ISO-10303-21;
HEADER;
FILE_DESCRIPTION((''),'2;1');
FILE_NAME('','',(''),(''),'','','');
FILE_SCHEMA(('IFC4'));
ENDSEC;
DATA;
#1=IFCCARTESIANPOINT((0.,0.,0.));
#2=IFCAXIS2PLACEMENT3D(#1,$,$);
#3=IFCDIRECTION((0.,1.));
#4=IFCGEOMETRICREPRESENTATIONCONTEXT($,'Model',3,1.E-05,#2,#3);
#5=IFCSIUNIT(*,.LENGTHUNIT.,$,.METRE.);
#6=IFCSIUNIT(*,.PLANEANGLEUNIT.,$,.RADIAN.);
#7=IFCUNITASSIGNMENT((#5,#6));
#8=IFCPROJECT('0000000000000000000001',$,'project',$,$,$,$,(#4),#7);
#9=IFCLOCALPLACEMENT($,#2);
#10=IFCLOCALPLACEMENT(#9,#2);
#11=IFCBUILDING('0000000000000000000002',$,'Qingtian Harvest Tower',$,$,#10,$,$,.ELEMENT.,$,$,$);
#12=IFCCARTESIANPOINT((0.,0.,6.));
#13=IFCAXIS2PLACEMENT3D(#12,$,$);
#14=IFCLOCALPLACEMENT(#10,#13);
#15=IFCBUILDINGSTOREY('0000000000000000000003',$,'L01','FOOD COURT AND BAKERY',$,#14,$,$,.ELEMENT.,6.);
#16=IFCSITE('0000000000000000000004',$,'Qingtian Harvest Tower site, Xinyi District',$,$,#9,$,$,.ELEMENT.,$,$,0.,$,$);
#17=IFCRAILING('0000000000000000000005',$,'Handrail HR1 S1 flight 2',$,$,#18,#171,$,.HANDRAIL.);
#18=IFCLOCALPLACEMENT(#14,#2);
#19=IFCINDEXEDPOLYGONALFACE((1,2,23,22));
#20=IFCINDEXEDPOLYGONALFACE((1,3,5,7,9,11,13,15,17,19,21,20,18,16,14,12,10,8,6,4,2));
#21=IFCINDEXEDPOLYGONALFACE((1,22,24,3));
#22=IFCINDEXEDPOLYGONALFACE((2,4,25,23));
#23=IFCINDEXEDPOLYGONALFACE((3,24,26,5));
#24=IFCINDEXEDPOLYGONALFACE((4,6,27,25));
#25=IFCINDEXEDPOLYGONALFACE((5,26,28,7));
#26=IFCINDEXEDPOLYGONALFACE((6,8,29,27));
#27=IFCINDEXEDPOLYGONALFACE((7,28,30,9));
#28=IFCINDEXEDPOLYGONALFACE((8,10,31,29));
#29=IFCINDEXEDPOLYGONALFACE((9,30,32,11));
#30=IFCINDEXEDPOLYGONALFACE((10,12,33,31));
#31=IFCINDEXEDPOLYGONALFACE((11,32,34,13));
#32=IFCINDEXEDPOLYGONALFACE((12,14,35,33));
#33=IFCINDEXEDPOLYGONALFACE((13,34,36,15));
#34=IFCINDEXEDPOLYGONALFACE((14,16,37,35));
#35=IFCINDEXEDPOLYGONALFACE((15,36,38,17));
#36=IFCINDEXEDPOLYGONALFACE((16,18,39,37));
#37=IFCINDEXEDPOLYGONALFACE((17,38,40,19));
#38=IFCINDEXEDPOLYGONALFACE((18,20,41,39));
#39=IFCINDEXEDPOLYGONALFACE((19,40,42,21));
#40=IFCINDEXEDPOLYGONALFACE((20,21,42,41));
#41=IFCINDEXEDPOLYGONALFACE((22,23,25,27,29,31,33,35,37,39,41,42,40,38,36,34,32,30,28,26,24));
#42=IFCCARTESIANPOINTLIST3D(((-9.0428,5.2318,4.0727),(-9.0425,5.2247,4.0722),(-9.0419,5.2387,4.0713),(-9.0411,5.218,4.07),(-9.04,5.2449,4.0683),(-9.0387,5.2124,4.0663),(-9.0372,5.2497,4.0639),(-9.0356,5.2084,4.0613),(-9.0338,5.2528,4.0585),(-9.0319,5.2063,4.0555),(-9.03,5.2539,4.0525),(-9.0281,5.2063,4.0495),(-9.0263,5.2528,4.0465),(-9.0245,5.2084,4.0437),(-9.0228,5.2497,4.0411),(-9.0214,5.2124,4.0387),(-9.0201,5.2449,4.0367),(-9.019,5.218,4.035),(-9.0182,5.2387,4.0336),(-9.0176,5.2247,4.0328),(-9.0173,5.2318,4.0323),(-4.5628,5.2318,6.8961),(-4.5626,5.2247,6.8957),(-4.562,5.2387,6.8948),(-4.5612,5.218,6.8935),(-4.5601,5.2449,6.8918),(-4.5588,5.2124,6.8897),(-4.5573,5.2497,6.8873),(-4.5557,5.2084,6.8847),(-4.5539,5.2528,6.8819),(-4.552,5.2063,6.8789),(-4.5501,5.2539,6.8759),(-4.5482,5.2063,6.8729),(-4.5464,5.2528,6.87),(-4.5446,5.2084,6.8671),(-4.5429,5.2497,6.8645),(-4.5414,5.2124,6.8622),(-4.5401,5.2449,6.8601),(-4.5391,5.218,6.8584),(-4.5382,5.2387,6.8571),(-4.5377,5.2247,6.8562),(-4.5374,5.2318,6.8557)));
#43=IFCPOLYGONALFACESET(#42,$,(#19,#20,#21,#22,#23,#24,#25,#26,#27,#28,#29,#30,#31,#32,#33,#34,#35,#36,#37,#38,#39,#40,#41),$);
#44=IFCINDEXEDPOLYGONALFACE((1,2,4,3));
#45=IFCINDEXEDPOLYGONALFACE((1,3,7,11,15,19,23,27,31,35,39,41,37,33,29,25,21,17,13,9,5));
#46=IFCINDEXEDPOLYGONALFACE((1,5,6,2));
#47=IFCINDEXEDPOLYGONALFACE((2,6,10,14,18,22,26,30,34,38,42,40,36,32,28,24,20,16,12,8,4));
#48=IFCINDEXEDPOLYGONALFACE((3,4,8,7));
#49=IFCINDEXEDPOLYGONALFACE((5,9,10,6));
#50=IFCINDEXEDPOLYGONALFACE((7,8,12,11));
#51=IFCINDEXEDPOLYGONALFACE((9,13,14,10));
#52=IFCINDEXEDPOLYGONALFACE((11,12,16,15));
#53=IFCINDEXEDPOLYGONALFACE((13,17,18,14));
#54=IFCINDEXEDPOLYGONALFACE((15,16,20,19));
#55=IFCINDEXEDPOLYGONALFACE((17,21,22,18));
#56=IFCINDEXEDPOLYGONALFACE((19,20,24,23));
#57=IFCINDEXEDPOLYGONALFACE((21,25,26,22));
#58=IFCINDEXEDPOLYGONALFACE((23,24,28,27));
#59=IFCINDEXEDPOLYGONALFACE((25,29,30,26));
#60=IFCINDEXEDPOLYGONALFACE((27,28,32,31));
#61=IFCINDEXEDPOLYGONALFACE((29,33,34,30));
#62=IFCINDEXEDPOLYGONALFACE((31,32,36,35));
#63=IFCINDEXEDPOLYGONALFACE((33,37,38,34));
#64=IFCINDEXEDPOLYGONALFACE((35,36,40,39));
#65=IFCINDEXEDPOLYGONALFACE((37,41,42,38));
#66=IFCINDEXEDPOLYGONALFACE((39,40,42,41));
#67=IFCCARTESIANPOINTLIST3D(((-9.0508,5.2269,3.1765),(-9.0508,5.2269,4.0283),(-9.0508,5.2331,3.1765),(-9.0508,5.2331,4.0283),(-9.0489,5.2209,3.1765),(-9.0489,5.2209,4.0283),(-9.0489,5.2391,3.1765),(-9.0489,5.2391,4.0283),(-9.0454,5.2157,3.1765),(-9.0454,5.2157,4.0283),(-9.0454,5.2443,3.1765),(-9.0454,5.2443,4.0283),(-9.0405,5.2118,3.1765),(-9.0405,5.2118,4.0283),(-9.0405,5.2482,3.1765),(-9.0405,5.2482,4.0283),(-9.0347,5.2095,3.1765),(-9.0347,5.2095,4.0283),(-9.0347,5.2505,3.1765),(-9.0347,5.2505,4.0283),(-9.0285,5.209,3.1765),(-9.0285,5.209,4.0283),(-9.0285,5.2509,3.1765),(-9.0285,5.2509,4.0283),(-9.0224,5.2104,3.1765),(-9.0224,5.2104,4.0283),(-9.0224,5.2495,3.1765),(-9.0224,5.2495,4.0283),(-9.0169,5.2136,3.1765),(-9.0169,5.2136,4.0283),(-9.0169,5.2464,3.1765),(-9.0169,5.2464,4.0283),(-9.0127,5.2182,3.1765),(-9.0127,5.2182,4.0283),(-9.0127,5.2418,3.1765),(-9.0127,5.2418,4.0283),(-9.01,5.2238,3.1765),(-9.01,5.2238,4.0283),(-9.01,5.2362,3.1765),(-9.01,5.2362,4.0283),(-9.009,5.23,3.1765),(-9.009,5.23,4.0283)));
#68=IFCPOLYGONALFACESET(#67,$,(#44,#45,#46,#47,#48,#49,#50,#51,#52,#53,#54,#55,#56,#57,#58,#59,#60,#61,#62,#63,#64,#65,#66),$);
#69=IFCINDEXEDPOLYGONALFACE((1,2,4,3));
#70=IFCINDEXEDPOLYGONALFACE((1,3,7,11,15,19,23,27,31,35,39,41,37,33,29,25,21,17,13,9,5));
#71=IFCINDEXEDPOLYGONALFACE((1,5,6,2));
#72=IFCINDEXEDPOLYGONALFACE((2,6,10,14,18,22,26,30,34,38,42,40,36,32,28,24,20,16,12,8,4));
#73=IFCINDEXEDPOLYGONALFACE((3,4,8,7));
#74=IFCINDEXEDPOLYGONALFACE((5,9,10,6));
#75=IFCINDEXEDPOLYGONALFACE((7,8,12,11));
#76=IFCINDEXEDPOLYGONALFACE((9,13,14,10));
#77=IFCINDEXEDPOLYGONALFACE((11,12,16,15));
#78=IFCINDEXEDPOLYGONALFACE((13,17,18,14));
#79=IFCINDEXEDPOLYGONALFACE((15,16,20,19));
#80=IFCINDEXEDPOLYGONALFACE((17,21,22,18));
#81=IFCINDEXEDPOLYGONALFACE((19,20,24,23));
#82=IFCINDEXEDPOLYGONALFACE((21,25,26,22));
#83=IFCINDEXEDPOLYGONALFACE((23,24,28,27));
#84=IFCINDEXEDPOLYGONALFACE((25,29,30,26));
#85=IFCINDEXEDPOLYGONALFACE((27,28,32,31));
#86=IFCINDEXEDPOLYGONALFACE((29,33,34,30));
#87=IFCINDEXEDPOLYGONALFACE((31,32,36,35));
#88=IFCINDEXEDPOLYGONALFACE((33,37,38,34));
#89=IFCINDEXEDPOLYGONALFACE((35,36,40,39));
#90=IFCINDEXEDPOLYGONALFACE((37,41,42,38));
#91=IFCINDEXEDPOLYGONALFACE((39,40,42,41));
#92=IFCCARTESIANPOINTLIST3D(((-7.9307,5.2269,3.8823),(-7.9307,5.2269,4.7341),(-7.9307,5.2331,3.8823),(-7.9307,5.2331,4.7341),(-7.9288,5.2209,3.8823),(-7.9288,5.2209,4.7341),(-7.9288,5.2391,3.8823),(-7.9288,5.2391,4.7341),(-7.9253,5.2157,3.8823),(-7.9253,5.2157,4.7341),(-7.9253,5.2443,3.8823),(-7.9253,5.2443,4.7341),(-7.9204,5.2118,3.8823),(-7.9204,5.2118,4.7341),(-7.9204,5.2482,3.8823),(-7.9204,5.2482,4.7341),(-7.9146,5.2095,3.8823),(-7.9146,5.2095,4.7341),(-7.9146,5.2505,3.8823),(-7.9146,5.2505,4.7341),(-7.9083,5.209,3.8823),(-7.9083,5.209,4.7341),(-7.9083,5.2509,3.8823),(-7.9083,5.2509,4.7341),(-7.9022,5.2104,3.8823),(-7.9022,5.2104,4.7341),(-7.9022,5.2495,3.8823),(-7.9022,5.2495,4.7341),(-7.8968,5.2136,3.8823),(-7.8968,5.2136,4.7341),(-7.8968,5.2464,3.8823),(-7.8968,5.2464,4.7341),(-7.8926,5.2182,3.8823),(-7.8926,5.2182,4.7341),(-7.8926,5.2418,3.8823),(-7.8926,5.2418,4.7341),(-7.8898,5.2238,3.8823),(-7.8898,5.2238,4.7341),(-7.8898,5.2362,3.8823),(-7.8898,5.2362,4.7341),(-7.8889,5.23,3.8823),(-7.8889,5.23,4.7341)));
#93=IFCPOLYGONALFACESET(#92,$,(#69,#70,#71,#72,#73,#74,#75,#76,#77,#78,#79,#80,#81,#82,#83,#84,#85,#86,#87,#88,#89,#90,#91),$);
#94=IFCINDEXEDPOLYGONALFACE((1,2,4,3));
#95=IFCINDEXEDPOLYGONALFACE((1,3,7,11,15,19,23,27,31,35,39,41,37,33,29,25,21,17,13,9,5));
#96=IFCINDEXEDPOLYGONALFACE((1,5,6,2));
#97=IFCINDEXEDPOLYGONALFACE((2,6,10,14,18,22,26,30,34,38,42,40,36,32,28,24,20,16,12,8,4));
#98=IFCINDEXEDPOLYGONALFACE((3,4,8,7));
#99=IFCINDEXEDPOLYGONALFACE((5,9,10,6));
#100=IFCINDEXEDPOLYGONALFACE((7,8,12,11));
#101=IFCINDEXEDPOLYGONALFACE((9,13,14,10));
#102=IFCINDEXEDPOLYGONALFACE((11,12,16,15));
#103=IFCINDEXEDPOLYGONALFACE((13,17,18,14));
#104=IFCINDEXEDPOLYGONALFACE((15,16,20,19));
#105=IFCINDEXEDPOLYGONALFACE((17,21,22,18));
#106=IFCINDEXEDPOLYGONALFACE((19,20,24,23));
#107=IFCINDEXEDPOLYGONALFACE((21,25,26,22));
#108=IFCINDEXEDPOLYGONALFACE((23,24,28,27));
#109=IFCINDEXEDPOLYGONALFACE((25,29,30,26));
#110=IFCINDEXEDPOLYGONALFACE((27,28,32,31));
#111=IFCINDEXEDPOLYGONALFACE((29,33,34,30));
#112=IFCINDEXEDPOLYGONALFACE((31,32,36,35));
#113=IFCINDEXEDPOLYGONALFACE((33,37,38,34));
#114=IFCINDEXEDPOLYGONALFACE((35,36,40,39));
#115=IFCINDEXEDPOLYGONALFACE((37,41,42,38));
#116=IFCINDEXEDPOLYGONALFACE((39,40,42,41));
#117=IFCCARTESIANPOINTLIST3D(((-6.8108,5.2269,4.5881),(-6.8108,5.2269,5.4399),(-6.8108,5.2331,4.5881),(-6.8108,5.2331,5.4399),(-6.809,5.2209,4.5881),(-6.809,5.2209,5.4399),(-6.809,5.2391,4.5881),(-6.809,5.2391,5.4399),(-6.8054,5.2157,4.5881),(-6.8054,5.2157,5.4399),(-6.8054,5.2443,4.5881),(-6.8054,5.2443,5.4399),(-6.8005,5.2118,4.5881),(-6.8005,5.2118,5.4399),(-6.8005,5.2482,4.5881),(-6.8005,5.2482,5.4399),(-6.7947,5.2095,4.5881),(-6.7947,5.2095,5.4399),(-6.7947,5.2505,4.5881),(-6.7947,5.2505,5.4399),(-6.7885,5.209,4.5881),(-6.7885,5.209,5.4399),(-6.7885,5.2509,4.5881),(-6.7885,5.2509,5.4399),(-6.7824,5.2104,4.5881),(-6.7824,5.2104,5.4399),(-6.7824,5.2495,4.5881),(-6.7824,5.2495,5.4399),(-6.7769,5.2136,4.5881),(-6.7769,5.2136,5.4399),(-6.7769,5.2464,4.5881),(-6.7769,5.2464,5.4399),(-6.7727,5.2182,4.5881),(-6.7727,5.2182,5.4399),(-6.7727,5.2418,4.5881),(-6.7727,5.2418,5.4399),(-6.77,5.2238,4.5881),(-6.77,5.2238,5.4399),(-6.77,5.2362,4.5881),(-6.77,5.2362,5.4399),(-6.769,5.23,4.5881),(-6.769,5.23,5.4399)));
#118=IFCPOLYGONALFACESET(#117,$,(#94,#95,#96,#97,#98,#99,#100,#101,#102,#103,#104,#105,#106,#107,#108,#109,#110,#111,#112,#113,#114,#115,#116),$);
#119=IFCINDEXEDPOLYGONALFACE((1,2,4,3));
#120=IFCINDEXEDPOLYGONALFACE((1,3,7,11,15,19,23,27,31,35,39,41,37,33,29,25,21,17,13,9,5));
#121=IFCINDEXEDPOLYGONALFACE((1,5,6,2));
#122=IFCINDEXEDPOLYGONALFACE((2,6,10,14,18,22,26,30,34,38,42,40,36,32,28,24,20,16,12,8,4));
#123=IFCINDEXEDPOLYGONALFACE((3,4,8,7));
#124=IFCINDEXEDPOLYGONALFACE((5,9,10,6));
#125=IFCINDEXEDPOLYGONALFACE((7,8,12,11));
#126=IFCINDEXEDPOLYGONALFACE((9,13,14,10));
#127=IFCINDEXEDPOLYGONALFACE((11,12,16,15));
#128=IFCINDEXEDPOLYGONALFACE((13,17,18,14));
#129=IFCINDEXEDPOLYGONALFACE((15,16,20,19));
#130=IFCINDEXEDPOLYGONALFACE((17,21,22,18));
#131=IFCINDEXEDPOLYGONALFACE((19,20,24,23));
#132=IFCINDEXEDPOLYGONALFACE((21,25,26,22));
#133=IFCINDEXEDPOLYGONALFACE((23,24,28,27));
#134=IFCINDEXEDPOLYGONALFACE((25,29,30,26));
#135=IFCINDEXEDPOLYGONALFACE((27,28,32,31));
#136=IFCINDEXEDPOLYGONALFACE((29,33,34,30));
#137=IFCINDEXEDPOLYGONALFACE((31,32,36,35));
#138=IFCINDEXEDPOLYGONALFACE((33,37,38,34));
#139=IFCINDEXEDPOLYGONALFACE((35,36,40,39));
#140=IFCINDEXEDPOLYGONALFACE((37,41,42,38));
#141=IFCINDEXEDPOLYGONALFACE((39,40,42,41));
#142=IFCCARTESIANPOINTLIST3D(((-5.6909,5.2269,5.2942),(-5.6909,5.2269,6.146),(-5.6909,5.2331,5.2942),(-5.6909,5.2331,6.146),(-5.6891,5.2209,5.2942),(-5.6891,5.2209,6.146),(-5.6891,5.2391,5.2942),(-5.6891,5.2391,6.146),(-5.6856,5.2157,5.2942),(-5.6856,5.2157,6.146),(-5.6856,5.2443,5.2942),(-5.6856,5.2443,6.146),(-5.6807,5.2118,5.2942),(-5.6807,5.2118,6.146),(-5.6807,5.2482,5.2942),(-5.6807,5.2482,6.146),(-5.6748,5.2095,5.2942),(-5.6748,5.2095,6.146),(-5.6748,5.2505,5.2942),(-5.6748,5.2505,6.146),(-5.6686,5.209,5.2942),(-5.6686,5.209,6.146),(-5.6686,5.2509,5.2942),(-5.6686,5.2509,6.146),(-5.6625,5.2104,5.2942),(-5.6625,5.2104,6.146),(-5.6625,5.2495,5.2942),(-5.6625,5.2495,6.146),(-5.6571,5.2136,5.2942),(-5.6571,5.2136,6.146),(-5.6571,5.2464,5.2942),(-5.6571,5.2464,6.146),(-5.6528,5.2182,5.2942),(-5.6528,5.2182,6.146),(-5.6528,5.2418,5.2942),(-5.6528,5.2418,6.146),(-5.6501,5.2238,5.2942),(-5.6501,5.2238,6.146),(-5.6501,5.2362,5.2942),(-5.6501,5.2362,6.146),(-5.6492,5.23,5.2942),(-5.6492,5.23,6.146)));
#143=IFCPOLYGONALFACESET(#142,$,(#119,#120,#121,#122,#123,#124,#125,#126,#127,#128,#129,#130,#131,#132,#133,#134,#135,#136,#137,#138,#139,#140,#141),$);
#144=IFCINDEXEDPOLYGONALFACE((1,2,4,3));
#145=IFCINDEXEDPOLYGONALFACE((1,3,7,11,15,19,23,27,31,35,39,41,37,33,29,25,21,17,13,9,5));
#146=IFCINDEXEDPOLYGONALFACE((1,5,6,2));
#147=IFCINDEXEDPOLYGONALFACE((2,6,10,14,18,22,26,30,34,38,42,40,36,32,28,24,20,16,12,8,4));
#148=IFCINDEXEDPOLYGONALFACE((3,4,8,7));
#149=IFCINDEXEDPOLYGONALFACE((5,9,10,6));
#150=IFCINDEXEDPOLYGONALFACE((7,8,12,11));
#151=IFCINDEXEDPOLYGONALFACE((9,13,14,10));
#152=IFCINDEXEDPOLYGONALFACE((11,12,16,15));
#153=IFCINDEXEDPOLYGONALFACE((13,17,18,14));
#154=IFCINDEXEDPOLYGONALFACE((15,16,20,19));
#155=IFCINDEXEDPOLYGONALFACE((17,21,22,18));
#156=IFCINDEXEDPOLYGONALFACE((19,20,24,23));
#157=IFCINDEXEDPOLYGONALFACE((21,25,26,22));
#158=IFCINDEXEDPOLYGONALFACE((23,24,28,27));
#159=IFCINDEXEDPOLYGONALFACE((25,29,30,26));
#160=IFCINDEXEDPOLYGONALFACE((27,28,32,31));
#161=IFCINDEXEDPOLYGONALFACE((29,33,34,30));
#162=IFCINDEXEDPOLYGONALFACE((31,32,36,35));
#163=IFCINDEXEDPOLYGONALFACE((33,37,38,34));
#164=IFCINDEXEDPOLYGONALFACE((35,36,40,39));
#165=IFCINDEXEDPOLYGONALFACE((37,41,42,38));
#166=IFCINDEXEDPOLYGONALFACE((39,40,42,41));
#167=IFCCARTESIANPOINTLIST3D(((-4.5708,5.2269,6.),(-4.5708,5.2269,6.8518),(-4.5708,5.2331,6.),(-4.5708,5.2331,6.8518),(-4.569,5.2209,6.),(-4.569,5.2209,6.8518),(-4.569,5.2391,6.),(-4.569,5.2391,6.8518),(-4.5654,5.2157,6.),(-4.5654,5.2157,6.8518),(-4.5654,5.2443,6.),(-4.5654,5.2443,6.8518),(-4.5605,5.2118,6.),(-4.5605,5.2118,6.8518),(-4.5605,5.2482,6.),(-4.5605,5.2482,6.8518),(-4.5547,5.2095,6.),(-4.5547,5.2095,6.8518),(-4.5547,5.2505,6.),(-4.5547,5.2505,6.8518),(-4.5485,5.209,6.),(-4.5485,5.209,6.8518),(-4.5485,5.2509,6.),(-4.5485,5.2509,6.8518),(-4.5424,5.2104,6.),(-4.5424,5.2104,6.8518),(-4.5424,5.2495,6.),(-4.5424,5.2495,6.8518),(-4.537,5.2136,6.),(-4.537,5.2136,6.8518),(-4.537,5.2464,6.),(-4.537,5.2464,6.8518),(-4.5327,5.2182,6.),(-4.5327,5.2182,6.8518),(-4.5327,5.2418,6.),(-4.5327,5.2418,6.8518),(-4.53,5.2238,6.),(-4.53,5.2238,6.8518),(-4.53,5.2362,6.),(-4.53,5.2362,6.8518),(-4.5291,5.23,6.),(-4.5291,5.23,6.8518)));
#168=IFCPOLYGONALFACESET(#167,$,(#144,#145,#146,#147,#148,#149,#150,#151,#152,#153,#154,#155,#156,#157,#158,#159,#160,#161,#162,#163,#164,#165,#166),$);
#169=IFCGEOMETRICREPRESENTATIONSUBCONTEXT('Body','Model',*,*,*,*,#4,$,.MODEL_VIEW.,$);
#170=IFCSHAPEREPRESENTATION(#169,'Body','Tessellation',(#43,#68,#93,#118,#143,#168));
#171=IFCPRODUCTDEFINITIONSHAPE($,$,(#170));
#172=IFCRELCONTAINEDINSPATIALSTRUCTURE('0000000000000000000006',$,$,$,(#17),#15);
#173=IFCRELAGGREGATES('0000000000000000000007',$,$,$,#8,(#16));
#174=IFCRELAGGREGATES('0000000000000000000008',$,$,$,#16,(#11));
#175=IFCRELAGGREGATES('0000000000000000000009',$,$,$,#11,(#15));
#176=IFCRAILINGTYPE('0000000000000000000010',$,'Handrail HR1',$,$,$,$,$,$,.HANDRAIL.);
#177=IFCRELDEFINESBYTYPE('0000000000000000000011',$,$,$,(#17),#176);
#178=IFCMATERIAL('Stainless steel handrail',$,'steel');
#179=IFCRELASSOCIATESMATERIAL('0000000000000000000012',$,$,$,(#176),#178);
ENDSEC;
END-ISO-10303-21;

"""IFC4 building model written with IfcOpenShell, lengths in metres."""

from ifc_helpers import new_model, si_unit, direction, frame, origin, origin_2d, place, context, subcontext, project, spatial, circle, extrude, material, type_object, element, save


model = new_model("IFC4")

# Units and contexts
model_context = context("Model", 3, precision=1e-05, world=origin(), true_north=direction((0.0, 1.0)))
body_context = subcontext(model_context, "Body", "Model", "MODEL_VIEW")
ifc_project = project(units=[si_unit("LENGTHUNIT", "METRE"), si_unit("PLANEANGLEUNIT", "RADIAN")], contexts=[model_context])

# Site, building, storey
site_placement = place(None, origin())
site = spatial("IfcSite", under=ifc_project, at=site_placement, Name="Qingtian Harvest Tower site, Xinyi District", CompositionType="ELEMENT", RefElevation=0.0)
building_placement = place(site_placement, origin())
building = spatial("IfcBuilding", under=site, at=building_placement, Name="Qingtian Harvest Tower", CompositionType="ELEMENT")
storey_placement = place(building_placement, frame((0.0, 0.0, 6.0)))
storey = spatial("IfcBuildingStorey", under=building, at=storey_placement, Name="L01", Description="FOOD COURT AND BAKERY", CompositionType="ELEMENT", Elevation=6.0)

# Railing
ifc_material_1 = material(Name="Stainless steel handrail", Category="steel")
railing_type = type_object("IfcRailingType", Name="Handrail HR1", PredefinedType="HANDRAIL", material=ifc_material_1)
railing_1_placement = place(storey_placement, frame((-9.03, 5.23, 3.1765)))
element("IfcRailing", 1, at=railing_1_placement, inside=storey, type_object=railing_type, Name="Handrail HR1 S1 flight 2", PredefinedType="HANDRAIL", context=body_context, shape_type="SweptSolid", body=[
    extrude(circle(Radius=0.0239, at=origin_2d()), frame((0.0, 0.0, 0.876), z_axis=(0.845998, 0.0, 0.533186), x_axis=(0.0, 1.0, 0.0)), (0.0, 0.0, 1.0), 5.2954),
    extrude(circle(Radius=0.021, at=origin_2d()), origin(), (0.0, 0.0, 1.0), 0.8518),
    extrude(circle(Radius=0.021, at=origin_2d()), frame((1.1201, 0.0, 0.7058)), (0.0, 0.0, 1.0), 0.8518),
    extrude(circle(Radius=0.021, at=origin_2d()), frame((2.24, 0.0, 1.4116)), (0.0, 0.0, 1.0), 0.8518),
    extrude(circle(Radius=0.021, at=origin_2d()), frame((3.3599, 0.0, 2.1177)), (0.0, 0.0, 1.0), 0.8518),
    extrude(circle(Radius=0.021, at=origin_2d()), frame((4.48, 0.0, 2.8235)), (0.0, 0.0, 1.0), 0.8518),
])

save(model, "model.ifc")
